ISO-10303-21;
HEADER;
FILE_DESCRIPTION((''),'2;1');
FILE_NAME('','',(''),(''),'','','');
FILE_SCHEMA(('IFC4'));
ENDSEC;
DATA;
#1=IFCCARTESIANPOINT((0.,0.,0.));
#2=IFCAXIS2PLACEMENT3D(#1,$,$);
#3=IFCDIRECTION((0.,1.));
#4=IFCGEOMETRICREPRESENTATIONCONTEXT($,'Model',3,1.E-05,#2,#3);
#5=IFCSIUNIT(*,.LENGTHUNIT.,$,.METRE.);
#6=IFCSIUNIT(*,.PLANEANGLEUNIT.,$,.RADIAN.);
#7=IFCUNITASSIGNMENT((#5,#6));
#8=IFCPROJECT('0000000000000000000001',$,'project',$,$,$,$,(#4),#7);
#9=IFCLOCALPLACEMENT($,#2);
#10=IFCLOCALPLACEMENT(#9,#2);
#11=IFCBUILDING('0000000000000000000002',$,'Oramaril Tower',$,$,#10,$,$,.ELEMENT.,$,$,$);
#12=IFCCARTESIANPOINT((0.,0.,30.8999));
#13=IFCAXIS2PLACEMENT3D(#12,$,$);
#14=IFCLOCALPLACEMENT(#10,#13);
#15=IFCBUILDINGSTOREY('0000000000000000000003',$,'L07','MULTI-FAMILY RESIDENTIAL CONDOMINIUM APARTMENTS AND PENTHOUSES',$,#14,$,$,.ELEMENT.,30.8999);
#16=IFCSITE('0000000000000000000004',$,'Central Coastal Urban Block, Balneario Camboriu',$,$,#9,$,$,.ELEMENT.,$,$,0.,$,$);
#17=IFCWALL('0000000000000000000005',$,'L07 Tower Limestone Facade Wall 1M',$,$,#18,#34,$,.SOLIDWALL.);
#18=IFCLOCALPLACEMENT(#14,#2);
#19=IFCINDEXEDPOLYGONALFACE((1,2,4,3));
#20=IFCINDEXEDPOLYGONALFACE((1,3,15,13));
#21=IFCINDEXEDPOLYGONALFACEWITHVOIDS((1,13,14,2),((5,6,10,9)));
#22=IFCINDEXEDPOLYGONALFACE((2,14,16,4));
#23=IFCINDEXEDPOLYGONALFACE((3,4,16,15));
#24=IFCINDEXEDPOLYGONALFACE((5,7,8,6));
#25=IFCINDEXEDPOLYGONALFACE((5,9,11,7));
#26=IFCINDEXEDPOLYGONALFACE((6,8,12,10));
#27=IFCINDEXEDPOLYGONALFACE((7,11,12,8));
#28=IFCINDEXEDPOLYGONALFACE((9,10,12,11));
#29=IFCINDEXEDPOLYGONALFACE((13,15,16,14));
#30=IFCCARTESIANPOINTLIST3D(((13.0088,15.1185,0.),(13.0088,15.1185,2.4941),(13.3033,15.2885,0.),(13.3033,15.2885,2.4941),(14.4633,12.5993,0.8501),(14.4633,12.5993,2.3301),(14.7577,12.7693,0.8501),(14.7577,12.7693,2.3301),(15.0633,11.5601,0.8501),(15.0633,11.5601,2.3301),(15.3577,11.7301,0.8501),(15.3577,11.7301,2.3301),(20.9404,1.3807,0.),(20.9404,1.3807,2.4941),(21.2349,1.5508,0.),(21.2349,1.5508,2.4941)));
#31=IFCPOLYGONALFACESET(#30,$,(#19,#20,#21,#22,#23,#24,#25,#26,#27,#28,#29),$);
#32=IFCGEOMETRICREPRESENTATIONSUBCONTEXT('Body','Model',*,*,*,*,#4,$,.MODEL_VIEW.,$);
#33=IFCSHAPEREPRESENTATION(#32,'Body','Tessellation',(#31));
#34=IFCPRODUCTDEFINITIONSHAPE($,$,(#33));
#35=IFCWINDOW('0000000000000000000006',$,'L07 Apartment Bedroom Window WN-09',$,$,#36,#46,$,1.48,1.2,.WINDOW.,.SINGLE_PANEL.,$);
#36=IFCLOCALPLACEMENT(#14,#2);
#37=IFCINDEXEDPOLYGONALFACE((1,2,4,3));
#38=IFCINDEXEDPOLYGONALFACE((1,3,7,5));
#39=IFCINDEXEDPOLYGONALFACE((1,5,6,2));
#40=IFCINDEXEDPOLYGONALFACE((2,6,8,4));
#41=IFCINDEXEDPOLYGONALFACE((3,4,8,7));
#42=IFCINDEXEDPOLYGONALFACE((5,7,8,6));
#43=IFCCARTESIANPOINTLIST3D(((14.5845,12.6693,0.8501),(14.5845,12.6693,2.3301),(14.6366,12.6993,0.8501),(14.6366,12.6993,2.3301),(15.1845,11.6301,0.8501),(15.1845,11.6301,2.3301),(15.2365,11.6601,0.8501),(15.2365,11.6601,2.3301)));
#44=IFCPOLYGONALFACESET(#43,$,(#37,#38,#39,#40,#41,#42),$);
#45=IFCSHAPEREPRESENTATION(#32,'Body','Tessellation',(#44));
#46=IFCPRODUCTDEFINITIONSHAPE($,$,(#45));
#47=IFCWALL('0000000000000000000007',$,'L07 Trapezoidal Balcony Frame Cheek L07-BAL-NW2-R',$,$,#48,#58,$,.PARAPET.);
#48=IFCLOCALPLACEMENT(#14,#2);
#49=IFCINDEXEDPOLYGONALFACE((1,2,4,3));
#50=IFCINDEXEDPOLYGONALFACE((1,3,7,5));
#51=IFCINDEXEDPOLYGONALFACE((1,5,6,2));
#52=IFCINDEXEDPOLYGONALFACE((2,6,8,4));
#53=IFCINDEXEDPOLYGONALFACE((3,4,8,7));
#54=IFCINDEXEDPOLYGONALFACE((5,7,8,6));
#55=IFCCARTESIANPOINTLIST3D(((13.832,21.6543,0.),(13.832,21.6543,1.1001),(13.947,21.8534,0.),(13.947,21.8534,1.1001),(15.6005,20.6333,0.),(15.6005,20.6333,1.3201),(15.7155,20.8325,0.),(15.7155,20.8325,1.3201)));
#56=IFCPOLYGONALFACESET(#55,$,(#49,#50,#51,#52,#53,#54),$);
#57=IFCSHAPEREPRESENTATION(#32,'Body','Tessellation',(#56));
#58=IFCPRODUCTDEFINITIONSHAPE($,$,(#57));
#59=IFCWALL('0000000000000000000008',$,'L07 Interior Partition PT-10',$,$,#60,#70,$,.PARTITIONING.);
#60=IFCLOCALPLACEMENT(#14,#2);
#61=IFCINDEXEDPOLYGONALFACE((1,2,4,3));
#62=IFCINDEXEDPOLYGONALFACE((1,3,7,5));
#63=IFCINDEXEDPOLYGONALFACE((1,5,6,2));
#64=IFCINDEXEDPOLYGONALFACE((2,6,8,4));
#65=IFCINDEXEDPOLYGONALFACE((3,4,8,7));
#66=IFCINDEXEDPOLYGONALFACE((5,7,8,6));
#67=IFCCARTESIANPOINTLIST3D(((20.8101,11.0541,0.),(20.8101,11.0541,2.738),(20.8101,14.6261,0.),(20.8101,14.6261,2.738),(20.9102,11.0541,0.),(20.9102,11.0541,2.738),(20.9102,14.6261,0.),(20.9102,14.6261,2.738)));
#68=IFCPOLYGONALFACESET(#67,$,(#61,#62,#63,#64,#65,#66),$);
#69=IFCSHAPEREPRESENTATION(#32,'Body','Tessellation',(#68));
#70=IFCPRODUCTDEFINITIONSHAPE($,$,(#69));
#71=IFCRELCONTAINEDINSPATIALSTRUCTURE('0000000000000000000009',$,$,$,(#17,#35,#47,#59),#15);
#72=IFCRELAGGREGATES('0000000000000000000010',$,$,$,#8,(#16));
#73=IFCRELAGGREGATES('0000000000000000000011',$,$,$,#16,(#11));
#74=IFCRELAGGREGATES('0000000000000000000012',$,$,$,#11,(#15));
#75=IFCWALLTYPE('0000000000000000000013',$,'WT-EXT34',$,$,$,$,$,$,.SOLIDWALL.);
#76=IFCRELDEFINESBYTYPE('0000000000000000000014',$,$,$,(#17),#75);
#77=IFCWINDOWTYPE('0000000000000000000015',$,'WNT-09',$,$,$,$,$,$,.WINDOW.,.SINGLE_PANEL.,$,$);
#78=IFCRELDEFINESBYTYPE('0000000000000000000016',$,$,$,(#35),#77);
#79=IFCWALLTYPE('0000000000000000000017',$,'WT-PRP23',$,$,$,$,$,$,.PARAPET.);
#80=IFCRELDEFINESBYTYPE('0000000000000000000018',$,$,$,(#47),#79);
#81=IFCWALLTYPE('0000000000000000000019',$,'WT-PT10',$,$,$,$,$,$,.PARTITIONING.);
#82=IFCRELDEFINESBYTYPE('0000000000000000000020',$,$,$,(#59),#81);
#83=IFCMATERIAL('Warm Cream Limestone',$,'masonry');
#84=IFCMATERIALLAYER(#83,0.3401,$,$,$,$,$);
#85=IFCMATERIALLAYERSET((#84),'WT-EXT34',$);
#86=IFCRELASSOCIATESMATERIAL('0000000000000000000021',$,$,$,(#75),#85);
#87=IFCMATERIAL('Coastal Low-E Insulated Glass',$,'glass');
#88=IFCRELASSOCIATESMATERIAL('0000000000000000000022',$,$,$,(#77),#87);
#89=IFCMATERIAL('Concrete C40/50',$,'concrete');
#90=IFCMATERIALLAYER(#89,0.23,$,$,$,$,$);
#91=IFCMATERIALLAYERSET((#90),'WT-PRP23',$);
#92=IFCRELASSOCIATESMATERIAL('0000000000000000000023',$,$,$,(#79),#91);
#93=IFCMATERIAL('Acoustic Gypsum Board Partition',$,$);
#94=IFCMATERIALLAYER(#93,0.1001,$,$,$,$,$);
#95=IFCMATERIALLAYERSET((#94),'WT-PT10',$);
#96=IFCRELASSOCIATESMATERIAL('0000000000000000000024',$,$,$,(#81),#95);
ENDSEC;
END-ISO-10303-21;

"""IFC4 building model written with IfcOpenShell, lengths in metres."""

from ifc_helpers import new_model, si_unit, direction, frame, frame_2d, origin, place, context, subcontext, project, spatial, polyline, rectangle, outline, extrude, material, layer, layer_set, type_object, element, fill, save


model = new_model("IFC4")

# Units and contexts
model_context = context("Model", 3, precision=1e-05, world=origin(), true_north=direction((0.0, 1.0)))
body_context = subcontext(model_context, "Body", "Model", "MODEL_VIEW")
ifc_project = project(units=[si_unit("LENGTHUNIT", "METRE"), si_unit("PLANEANGLEUNIT", "RADIAN")], contexts=[model_context])

# Site, building, storey
site_placement = place(None, origin())
site = spatial("IfcSite", under=ifc_project, at=site_placement, Name="Central Coastal Urban Block, Balneario Camboriu", CompositionType="ELEMENT", RefElevation=0.0)
building_placement = place(site_placement, origin())
building = spatial("IfcBuilding", under=site, at=building_placement, Name="Oramaril Tower", CompositionType="ELEMENT")
storey_placement = place(building_placement, frame((0.0, 0.0, 30.8999)))
storey = spatial("IfcBuildingStorey", under=building, at=storey_placement, Name="L07", Description="MULTI-FAMILY RESIDENTIAL CONDOMINIUM APARTMENTS AND PENTHOUSES", CompositionType="ELEMENT", Elevation=30.8999)

# Wall, opening, window
ifc_material_1 = material(Name="Warm Cream Limestone", Category="masonry")
ifc_layer_1 = layer(ifc_material_1, 0.3401)
ifc_layer_set_1 = layer_set([ifc_layer_1], Name="WT-EXT34")
wall_type_1 = type_object("IfcWallType", Name="WT-EXT34", PredefinedType="SOLIDWALL", material=ifc_layer_set_1)
wall_1_placement = place(storey_placement, frame((13.156, 15.2036, 0.0), z_axis=(0.0, 0.0, 1.0), x_axis=(0.500006, -0.866022, 0.0)))
wall_1 = element("IfcWall", 1, at=wall_1_placement, inside=storey, type_object=wall_type_1, Name="L07 Tower Limestone Facade Wall 1M", PredefinedType="SOLIDWALL", context=body_context, shape_type="SweptSolid", body=[
    extrude(rectangle(XDim=15.863, YDim=0.3401, at=frame_2d((7.9316, 0.0))), origin(), (0.0, 0.0, 1.0), 2.4941),
])
opening_1_placement = place(wall_1_placement, frame((2.9089, 0.0, 0.8501)))
opening_1 = element("IfcOpeningElement", 2, at=opening_1_placement, cuts=wall_1, PredefinedType="OPENING", context=body_context, shape_type="SweptSolid", body=[
    extrude(rectangle(XDim=1.2, YDim=1.48, at=frame_2d((0.6001, 0.74))), frame((0.0, 0.1699, 0.0), z_axis=(0.0, -1.0, 0.0), x_axis=(1.0, 0.0, 0.0)), (0.0, 0.0, 1.0), 0.3401),
])
ifc_material_2 = material(Name="Coastal Low-E Insulated Glass", Category="glass")
window_type = type_object("IfcWindowType", Name="WNT-09", PartitioningType="SINGLE_PANEL", PredefinedType="WINDOW", material=ifc_material_2)
window_placement = place(opening_1_placement, origin())
window = element("IfcWindow", 3, at=window_placement, inside=storey, type_object=window_type, Name="L07 Apartment Bedroom Window WN-09", OverallHeight=1.48, OverallWidth=1.2, PartitioningType="SINGLE_PANEL", PredefinedType="WINDOW", context=body_context, shape_type="SweptSolid", body=[
    extrude(rectangle(XDim=1.2, YDim=1.48, at=frame_2d((0.6001, 0.74))), frame((0.0, 0.03, 0.0), z_axis=(0.0, -1.0, 0.0), x_axis=(1.0, 0.0, 0.0)), (0.0, 0.0, 1.0), 0.0601),
])
fill(opening_1, window)

# Walls
ifc_material_3 = material(Name="Concrete C40/50", Category="concrete")
ifc_layer_2 = layer(ifc_material_3, 0.23)
ifc_layer_set_2 = layer_set([ifc_layer_2], Name="WT-PRP23")
wall_type_2 = type_object("IfcWallType", Name="WT-PRP23", PredefinedType="PARAPET", material=ifc_layer_set_2)
wall_2_placement = place(storey_placement, frame((15.658, 20.7329, 0.0), z_axis=(0.0, 0.0, 1.0), x_axis=(-0.866042, 0.499971, 0.0)))
element("IfcWall", 4, at=wall_2_placement, inside=storey, type_object=wall_type_2, Name="L07 Trapezoidal Balcony Frame Cheek L07-BAL-NW2-R", PredefinedType="PARAPET", context=body_context, shape_type="SweptSolid", body=[
    extrude(outline(polyline([(0.0, 0.0), (2.042, 0.0), (2.042, 1.1001), (0.0, 1.3201), (0.0, 0.0)])), frame((0.0, 0.115, 0.0), z_axis=(0.0, -1.0, 0.0), x_axis=(1.0, 0.0, 0.0)), (0.0, 0.0, 1.0), 0.23),
])
ifc_material_4 = material(Name="Acoustic Gypsum Board Partition")
ifc_layer_3 = layer(ifc_material_4, 0.1001)
ifc_layer_set_3 = layer_set([ifc_layer_3], Name="WT-PT10")
wall_type_3 = type_object("IfcWallType", Name="WT-PT10", PredefinedType="PARTITIONING", material=ifc_layer_set_3)
wall_3_placement = place(storey_placement, frame((20.8601, 11.054, 0.0), z_axis=(0.0, 0.0, 1.0), x_axis=(0.0, 1.0, 0.0)))
element("IfcWall", 5, at=wall_3_placement, inside=storey, type_object=wall_type_3, Name="L07 Interior Partition PT-10", PredefinedType="PARTITIONING", context=body_context, shape_type="SweptSolid", body=[
    extrude(rectangle(XDim=3.572, YDim=0.1001, at=frame_2d((1.7861, 0.0))), origin(), (0.0, 0.0, 1.0), 2.738),
])

save(model, "model.ifc")
